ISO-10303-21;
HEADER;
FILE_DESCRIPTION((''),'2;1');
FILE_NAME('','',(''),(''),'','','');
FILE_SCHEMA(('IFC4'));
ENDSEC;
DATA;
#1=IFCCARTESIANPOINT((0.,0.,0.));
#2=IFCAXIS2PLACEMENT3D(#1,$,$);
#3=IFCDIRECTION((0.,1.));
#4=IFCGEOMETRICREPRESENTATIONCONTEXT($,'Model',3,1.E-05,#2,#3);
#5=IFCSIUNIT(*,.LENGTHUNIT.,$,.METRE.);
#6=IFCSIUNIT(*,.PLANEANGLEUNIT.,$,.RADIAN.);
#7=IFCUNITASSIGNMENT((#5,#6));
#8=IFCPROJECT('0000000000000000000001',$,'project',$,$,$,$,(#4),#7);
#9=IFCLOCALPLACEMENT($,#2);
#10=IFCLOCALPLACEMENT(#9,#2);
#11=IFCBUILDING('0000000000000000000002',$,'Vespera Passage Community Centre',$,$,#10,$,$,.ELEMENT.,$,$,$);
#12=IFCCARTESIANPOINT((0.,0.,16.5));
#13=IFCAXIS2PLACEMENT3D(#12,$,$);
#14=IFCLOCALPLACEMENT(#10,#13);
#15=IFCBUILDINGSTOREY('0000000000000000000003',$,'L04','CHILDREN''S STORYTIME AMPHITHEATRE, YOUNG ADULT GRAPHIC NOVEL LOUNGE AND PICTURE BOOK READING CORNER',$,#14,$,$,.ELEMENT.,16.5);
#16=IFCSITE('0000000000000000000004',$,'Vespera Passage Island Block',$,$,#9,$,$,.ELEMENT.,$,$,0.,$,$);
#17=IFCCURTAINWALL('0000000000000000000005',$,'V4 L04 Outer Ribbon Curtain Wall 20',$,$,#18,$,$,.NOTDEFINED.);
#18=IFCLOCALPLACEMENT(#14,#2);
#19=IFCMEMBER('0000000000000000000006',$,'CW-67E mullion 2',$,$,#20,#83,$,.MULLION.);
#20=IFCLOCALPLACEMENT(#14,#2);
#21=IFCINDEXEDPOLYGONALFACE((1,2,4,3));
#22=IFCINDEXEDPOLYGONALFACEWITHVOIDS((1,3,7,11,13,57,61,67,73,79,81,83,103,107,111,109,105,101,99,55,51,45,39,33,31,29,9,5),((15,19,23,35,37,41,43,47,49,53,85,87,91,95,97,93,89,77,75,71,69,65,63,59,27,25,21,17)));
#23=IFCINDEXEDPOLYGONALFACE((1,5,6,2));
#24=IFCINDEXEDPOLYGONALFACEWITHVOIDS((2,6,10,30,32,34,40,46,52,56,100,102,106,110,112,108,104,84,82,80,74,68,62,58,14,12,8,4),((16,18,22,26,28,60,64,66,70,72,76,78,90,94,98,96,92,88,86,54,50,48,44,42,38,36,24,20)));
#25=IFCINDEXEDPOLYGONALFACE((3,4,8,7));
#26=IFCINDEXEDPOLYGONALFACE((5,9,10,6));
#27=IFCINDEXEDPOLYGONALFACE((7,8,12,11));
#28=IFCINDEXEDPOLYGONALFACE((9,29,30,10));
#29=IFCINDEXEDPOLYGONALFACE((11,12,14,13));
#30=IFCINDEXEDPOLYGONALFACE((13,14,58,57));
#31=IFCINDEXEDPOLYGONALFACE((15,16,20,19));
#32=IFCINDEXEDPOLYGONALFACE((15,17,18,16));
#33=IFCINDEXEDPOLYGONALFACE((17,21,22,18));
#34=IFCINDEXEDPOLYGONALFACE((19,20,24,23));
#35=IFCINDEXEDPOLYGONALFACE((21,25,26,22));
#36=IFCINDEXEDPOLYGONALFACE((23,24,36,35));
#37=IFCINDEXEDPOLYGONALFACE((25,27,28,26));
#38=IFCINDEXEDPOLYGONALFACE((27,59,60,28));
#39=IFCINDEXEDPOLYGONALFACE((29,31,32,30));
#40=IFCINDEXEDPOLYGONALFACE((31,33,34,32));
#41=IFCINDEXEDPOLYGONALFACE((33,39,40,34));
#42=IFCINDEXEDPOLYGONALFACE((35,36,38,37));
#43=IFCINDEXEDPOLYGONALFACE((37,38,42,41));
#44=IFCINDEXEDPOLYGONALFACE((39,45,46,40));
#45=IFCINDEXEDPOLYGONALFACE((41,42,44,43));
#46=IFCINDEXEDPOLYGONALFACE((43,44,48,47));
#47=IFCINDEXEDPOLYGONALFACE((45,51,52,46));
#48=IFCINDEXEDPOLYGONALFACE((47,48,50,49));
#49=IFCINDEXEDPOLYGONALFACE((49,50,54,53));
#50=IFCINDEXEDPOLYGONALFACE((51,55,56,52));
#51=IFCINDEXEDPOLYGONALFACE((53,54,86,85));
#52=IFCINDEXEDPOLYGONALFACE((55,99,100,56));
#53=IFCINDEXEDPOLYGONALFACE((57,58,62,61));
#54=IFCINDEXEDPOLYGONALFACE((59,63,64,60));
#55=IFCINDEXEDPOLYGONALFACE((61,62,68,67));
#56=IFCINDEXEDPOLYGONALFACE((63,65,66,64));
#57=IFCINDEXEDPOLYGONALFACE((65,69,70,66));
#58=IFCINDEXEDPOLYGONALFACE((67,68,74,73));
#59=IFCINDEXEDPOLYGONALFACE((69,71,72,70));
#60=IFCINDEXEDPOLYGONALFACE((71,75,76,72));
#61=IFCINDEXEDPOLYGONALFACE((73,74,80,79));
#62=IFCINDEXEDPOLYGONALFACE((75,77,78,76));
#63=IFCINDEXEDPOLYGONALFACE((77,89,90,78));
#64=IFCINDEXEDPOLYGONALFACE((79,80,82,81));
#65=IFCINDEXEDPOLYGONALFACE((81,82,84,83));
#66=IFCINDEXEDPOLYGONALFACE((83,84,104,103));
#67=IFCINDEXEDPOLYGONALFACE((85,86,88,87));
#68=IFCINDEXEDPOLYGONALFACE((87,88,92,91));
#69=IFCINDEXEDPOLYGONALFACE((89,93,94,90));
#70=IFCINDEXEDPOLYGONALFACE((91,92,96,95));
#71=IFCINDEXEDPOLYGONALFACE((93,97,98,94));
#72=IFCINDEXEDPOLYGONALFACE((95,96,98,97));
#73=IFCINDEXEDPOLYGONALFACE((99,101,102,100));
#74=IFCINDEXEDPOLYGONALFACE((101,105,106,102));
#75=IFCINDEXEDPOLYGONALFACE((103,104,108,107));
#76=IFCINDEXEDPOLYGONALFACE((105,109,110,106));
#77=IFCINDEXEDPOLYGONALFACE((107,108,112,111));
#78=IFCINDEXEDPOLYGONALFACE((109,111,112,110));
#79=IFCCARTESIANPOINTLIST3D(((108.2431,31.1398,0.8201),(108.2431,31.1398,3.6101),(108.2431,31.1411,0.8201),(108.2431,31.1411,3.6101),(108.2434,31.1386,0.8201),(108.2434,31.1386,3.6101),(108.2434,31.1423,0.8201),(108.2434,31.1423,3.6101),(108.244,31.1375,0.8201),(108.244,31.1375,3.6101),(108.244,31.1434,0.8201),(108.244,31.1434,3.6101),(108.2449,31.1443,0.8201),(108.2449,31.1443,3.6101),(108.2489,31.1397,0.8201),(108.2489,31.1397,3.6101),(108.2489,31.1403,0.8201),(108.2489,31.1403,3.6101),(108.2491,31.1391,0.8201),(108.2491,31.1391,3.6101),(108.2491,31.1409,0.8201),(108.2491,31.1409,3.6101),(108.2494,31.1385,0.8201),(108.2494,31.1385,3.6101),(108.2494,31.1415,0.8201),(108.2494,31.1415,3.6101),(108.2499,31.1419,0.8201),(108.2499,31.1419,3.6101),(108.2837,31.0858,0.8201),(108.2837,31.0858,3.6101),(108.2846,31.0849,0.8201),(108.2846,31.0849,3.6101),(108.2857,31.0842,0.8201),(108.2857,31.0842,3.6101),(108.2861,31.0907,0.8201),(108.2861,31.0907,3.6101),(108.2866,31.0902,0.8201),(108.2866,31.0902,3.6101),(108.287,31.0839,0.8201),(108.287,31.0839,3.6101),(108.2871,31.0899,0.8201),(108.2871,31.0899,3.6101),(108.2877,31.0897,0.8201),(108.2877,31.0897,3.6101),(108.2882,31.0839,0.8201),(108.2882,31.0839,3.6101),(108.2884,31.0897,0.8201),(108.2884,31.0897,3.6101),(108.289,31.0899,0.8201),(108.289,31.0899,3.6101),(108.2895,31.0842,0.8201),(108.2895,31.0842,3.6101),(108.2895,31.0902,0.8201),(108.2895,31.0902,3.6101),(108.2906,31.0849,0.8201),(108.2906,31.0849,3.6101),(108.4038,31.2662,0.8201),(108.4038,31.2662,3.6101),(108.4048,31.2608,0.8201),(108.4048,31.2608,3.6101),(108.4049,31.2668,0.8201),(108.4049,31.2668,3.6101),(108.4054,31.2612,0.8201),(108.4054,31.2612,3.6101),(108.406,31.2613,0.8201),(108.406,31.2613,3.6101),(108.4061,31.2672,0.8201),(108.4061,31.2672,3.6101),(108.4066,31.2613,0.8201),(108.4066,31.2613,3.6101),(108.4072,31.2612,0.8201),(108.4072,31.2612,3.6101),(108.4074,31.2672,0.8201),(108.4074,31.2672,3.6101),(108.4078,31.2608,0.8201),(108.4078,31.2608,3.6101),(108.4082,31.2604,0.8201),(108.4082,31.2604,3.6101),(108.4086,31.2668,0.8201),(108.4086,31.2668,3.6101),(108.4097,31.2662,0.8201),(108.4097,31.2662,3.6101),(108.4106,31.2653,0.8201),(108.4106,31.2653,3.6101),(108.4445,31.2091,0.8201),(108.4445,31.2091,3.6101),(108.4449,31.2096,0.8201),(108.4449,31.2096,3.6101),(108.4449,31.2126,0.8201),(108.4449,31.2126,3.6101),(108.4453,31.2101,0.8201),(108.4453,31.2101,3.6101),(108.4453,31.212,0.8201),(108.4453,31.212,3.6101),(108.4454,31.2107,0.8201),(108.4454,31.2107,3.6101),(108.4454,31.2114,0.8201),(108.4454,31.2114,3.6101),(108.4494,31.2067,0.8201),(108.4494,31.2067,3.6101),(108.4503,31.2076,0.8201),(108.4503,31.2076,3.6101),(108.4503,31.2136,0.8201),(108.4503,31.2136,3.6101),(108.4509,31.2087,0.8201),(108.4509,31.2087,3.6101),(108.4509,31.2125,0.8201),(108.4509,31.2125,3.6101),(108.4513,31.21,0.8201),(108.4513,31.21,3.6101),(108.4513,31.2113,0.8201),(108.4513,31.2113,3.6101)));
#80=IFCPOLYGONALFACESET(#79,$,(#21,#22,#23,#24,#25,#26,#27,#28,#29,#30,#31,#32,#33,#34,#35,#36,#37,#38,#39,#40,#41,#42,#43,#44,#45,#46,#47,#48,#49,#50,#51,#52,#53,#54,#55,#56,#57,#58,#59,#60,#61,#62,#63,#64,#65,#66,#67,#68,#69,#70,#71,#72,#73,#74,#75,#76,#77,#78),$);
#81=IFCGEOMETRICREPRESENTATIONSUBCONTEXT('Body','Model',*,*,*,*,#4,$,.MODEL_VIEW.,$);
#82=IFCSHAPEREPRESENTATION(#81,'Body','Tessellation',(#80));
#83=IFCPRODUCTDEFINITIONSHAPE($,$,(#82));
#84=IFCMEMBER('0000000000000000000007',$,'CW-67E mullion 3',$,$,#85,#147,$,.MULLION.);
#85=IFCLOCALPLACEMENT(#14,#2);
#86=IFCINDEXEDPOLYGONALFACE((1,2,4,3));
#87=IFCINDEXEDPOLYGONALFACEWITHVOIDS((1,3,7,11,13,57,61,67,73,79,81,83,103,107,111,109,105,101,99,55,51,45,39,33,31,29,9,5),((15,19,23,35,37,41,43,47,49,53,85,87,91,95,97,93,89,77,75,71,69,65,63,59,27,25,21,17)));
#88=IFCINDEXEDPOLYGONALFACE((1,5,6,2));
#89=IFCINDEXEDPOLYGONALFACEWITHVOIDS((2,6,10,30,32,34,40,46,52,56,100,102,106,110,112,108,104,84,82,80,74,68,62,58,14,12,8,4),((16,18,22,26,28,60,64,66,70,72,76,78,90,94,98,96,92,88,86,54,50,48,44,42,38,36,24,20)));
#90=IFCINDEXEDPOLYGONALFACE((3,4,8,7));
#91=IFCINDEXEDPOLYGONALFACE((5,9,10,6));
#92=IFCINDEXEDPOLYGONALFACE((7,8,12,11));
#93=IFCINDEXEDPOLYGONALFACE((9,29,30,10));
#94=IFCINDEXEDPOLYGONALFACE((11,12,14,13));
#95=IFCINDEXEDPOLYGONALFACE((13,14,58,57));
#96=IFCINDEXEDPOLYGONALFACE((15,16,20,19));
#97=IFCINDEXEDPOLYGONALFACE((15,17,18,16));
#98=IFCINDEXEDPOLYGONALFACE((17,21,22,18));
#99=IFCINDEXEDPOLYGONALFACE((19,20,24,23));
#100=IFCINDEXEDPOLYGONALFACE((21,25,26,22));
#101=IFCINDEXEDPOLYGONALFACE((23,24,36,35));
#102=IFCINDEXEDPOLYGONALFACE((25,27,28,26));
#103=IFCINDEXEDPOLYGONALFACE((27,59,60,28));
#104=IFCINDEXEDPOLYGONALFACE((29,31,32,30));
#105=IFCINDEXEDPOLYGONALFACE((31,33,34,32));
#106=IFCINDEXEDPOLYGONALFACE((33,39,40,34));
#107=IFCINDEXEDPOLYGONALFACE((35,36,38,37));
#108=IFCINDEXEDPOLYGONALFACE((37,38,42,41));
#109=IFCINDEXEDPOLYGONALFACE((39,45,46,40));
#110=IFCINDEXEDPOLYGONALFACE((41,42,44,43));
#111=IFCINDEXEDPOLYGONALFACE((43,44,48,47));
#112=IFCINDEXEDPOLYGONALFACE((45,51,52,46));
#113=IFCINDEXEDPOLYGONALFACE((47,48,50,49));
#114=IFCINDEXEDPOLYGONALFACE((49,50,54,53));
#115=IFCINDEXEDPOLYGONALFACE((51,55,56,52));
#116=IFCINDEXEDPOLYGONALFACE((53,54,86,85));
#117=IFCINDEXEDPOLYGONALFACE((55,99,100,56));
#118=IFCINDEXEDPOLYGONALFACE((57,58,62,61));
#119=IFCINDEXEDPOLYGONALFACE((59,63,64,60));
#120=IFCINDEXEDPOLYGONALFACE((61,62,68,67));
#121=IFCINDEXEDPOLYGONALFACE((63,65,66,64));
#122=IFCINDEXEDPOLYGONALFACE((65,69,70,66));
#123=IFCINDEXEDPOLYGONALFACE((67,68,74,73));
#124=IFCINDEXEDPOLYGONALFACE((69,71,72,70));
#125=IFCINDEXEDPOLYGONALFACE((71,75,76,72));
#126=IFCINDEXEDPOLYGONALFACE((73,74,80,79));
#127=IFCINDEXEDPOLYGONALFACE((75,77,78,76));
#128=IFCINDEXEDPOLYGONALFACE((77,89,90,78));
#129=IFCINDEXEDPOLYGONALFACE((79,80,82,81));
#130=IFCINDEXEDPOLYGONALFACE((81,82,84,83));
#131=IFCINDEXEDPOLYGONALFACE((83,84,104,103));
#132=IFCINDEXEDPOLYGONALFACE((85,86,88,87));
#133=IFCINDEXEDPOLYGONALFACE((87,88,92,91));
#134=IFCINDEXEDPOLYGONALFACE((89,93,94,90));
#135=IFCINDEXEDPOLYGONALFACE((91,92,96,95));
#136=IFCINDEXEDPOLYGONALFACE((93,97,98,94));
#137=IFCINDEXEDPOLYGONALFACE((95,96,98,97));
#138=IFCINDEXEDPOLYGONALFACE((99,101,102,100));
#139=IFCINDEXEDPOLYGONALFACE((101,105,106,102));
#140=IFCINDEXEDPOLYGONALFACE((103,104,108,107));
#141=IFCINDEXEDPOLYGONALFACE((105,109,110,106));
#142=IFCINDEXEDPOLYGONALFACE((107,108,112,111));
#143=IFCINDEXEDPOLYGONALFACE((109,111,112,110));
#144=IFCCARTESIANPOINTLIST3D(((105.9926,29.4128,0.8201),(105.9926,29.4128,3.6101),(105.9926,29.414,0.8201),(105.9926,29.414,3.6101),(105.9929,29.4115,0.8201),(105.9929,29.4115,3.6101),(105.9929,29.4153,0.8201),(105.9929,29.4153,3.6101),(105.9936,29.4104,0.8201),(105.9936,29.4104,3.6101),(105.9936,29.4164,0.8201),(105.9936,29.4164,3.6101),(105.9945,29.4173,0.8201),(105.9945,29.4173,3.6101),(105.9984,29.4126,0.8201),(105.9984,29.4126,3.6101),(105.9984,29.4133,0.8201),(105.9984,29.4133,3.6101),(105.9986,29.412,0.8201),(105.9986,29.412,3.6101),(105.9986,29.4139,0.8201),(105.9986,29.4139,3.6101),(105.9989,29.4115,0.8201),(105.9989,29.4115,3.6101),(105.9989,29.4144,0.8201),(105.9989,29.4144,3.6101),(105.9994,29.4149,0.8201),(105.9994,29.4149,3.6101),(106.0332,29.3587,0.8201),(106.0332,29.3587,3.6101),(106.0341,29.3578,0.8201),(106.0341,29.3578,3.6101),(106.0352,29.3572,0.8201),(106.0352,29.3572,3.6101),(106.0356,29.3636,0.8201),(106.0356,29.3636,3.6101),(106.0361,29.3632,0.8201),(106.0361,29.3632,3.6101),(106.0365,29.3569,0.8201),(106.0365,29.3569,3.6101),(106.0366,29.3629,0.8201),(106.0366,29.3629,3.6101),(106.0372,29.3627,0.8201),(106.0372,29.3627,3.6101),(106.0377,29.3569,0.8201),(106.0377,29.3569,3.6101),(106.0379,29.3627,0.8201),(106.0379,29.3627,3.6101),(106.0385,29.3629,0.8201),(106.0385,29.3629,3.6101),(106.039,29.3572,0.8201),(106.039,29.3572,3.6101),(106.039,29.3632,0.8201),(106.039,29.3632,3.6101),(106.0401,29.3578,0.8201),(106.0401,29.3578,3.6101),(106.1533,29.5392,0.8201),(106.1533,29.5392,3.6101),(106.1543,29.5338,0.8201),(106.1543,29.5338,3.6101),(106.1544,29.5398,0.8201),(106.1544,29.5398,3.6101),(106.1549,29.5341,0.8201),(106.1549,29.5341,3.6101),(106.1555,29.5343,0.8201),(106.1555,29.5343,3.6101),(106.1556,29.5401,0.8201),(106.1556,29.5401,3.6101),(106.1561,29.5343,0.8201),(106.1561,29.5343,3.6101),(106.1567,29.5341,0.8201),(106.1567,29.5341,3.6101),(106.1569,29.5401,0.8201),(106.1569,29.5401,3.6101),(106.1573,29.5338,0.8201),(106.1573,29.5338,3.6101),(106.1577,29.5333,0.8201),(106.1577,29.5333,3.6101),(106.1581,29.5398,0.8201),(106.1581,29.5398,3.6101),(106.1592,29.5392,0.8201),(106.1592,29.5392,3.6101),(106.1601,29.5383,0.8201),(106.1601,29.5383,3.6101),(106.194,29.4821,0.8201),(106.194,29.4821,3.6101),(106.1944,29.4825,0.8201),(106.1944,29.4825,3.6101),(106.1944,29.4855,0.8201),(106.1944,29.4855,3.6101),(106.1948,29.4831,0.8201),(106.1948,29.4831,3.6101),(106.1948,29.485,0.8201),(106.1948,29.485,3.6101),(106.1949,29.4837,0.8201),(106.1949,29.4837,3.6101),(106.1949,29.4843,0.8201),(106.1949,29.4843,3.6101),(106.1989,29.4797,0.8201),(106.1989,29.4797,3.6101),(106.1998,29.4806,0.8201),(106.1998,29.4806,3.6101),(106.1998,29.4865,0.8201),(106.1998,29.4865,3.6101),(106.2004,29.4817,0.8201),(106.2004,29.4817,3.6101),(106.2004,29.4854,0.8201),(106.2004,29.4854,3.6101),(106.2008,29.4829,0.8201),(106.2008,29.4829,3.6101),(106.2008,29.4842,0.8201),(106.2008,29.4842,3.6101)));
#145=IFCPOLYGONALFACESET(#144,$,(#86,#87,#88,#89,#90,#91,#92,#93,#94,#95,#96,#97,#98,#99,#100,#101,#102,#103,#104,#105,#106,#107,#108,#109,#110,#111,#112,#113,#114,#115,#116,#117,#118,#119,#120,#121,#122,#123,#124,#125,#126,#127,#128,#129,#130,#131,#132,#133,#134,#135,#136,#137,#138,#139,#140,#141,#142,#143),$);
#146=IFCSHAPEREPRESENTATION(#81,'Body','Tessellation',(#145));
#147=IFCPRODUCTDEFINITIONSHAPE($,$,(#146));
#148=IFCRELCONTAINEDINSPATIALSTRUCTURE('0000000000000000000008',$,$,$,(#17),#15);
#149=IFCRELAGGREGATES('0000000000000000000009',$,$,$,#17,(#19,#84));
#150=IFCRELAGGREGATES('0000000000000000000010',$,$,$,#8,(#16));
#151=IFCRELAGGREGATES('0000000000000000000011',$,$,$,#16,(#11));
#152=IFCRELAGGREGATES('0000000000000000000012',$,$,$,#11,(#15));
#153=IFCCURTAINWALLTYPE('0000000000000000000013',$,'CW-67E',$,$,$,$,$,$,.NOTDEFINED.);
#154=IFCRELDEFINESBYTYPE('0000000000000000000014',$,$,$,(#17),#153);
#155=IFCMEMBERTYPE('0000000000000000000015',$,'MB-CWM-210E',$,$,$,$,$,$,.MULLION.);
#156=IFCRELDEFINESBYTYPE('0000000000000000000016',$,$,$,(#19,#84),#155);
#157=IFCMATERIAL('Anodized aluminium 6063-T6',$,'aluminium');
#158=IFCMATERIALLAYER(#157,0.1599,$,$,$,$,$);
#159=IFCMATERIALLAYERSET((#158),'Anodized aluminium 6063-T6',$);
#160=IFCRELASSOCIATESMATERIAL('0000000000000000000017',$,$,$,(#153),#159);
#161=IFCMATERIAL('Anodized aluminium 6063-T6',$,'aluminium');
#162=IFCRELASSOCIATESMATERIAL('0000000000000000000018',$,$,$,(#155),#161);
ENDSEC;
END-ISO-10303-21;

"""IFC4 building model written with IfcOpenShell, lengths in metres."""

from ifc_helpers import new_model, si_unit, direction, frame, origin, origin_2d, place, context, subcontext, project, spatial, hollow_rectangle, extrude, material, layer, layer_set, material_profile, profile_set, type_object, element, aggregate, save


model = new_model("IFC4")

# Units and contexts
model_context = context("Model", 3, precision=1e-05, world=origin(), true_north=direction((0.0, 1.0)))
body_context = subcontext(model_context, "Body", "Model", "MODEL_VIEW")
ifc_project = project(units=[si_unit("LENGTHUNIT", "METRE"), si_unit("PLANEANGLEUNIT", "RADIAN")], contexts=[model_context])

# Site, building, storey
site_placement = place(None, origin())
site = spatial("IfcSite", under=ifc_project, at=site_placement, Name="Vespera Passage Island Block", CompositionType="ELEMENT", RefElevation=0.0)
building_placement = place(site_placement, origin())
building = spatial("IfcBuilding", under=site, at=building_placement, Name="Vespera Passage Community Centre", CompositionType="ELEMENT")
storey_placement = place(building_placement, frame((0.0, 0.0, 16.5)))
storey = spatial("IfcBuildingStorey", under=building, at=storey_placement, Name="L04", Description="CHILDREN'S STORYTIME AMPHITHEATRE, YOUNG ADULT GRAPHIC NOVEL LOUNGE AND PICTURE BOOK READING CORNER", CompositionType="ELEMENT", Elevation=16.5)

# Curtain wall, members
ifc_material_1 = material(Name="Anodized aluminium 6063-T6", Category="aluminium")
ifc_layer_1 = layer(ifc_material_1, 0.1599)
ifc_layer_set_1 = layer_set([ifc_layer_1], Name="Anodized aluminium 6063-T6")
curtain_wall_type_1 = type_object("IfcCurtainWallType", Name="CW-67E", PredefinedType="NOTDEFINED", material=ifc_layer_set_1)
curtain_wall_1_placement = place(storey_placement, origin())
curtain_wall_1 = element("IfcCurtainWall", 1, at=curtain_wall_1_placement, inside=storey, type_object=curtain_wall_type_1, Name="V4 L04 Outer Ribbon Curtain Wall 20", PredefinedType="NOTDEFINED")
ifc_material_2 = material(Name="Anodized aluminium 6063-T6", Category="aluminium")
ifc_material_profile_1 = material_profile(ifc_material_2, hollow_rectangle(XDim=0.075, YDim=0.21, WallThickness=0.0049, InnerFilletRadius=0.0024, OuterFilletRadius=0.0049, at=origin_2d()), Name="ALU210X75X5")
ifc_profile_set_1 = profile_set([ifc_material_profile_1], Name="Anodized aluminium 6063-T6")
member_type_1 = type_object("IfcMemberType", Name="MB-CWM-210E", PredefinedType="MULLION", material=ifc_profile_set_1)
member_1_placement = place(storey_placement, frame((108.3472, 31.1755, 0.8201), z_axis=(0.0, 0.0, 1.0), x_axis=(0.608768, -0.793348, 0.0)))
member_1 = element("IfcMember", 2, at=member_1_placement, type_object=member_type_1, Name="CW-67E mullion 2", PredefinedType="MULLION", context=body_context, shape_type="SweptSolid", body=[
    extrude(hollow_rectangle(XDim=0.075, YDim=0.21, WallThickness=0.0049, InnerFilletRadius=0.0024, OuterFilletRadius=0.0049, at=origin_2d()), origin(), (0.0, 0.0, 1.0), 2.79),
])
member_2_placement = place(storey_placement, frame((106.0967, 29.4485, 0.8201), z_axis=(0.0, 0.0, 1.0), x_axis=(0.608768, -0.793348, 0.0)))
member_2 = element("IfcMember", 3, at=member_2_placement, type_object=member_type_1, Name="CW-67E mullion 3", PredefinedType="MULLION", context=body_context, shape_type="SweptSolid", body=[
    extrude(hollow_rectangle(XDim=0.075, YDim=0.21, WallThickness=0.0049, InnerFilletRadius=0.0024, OuterFilletRadius=0.0049, at=origin_2d()), origin(), (0.0, 0.0, 1.0), 2.79),
])

aggregate(curtain_wall_1, [member_1, member_2])

save(model, "model.ifc")
